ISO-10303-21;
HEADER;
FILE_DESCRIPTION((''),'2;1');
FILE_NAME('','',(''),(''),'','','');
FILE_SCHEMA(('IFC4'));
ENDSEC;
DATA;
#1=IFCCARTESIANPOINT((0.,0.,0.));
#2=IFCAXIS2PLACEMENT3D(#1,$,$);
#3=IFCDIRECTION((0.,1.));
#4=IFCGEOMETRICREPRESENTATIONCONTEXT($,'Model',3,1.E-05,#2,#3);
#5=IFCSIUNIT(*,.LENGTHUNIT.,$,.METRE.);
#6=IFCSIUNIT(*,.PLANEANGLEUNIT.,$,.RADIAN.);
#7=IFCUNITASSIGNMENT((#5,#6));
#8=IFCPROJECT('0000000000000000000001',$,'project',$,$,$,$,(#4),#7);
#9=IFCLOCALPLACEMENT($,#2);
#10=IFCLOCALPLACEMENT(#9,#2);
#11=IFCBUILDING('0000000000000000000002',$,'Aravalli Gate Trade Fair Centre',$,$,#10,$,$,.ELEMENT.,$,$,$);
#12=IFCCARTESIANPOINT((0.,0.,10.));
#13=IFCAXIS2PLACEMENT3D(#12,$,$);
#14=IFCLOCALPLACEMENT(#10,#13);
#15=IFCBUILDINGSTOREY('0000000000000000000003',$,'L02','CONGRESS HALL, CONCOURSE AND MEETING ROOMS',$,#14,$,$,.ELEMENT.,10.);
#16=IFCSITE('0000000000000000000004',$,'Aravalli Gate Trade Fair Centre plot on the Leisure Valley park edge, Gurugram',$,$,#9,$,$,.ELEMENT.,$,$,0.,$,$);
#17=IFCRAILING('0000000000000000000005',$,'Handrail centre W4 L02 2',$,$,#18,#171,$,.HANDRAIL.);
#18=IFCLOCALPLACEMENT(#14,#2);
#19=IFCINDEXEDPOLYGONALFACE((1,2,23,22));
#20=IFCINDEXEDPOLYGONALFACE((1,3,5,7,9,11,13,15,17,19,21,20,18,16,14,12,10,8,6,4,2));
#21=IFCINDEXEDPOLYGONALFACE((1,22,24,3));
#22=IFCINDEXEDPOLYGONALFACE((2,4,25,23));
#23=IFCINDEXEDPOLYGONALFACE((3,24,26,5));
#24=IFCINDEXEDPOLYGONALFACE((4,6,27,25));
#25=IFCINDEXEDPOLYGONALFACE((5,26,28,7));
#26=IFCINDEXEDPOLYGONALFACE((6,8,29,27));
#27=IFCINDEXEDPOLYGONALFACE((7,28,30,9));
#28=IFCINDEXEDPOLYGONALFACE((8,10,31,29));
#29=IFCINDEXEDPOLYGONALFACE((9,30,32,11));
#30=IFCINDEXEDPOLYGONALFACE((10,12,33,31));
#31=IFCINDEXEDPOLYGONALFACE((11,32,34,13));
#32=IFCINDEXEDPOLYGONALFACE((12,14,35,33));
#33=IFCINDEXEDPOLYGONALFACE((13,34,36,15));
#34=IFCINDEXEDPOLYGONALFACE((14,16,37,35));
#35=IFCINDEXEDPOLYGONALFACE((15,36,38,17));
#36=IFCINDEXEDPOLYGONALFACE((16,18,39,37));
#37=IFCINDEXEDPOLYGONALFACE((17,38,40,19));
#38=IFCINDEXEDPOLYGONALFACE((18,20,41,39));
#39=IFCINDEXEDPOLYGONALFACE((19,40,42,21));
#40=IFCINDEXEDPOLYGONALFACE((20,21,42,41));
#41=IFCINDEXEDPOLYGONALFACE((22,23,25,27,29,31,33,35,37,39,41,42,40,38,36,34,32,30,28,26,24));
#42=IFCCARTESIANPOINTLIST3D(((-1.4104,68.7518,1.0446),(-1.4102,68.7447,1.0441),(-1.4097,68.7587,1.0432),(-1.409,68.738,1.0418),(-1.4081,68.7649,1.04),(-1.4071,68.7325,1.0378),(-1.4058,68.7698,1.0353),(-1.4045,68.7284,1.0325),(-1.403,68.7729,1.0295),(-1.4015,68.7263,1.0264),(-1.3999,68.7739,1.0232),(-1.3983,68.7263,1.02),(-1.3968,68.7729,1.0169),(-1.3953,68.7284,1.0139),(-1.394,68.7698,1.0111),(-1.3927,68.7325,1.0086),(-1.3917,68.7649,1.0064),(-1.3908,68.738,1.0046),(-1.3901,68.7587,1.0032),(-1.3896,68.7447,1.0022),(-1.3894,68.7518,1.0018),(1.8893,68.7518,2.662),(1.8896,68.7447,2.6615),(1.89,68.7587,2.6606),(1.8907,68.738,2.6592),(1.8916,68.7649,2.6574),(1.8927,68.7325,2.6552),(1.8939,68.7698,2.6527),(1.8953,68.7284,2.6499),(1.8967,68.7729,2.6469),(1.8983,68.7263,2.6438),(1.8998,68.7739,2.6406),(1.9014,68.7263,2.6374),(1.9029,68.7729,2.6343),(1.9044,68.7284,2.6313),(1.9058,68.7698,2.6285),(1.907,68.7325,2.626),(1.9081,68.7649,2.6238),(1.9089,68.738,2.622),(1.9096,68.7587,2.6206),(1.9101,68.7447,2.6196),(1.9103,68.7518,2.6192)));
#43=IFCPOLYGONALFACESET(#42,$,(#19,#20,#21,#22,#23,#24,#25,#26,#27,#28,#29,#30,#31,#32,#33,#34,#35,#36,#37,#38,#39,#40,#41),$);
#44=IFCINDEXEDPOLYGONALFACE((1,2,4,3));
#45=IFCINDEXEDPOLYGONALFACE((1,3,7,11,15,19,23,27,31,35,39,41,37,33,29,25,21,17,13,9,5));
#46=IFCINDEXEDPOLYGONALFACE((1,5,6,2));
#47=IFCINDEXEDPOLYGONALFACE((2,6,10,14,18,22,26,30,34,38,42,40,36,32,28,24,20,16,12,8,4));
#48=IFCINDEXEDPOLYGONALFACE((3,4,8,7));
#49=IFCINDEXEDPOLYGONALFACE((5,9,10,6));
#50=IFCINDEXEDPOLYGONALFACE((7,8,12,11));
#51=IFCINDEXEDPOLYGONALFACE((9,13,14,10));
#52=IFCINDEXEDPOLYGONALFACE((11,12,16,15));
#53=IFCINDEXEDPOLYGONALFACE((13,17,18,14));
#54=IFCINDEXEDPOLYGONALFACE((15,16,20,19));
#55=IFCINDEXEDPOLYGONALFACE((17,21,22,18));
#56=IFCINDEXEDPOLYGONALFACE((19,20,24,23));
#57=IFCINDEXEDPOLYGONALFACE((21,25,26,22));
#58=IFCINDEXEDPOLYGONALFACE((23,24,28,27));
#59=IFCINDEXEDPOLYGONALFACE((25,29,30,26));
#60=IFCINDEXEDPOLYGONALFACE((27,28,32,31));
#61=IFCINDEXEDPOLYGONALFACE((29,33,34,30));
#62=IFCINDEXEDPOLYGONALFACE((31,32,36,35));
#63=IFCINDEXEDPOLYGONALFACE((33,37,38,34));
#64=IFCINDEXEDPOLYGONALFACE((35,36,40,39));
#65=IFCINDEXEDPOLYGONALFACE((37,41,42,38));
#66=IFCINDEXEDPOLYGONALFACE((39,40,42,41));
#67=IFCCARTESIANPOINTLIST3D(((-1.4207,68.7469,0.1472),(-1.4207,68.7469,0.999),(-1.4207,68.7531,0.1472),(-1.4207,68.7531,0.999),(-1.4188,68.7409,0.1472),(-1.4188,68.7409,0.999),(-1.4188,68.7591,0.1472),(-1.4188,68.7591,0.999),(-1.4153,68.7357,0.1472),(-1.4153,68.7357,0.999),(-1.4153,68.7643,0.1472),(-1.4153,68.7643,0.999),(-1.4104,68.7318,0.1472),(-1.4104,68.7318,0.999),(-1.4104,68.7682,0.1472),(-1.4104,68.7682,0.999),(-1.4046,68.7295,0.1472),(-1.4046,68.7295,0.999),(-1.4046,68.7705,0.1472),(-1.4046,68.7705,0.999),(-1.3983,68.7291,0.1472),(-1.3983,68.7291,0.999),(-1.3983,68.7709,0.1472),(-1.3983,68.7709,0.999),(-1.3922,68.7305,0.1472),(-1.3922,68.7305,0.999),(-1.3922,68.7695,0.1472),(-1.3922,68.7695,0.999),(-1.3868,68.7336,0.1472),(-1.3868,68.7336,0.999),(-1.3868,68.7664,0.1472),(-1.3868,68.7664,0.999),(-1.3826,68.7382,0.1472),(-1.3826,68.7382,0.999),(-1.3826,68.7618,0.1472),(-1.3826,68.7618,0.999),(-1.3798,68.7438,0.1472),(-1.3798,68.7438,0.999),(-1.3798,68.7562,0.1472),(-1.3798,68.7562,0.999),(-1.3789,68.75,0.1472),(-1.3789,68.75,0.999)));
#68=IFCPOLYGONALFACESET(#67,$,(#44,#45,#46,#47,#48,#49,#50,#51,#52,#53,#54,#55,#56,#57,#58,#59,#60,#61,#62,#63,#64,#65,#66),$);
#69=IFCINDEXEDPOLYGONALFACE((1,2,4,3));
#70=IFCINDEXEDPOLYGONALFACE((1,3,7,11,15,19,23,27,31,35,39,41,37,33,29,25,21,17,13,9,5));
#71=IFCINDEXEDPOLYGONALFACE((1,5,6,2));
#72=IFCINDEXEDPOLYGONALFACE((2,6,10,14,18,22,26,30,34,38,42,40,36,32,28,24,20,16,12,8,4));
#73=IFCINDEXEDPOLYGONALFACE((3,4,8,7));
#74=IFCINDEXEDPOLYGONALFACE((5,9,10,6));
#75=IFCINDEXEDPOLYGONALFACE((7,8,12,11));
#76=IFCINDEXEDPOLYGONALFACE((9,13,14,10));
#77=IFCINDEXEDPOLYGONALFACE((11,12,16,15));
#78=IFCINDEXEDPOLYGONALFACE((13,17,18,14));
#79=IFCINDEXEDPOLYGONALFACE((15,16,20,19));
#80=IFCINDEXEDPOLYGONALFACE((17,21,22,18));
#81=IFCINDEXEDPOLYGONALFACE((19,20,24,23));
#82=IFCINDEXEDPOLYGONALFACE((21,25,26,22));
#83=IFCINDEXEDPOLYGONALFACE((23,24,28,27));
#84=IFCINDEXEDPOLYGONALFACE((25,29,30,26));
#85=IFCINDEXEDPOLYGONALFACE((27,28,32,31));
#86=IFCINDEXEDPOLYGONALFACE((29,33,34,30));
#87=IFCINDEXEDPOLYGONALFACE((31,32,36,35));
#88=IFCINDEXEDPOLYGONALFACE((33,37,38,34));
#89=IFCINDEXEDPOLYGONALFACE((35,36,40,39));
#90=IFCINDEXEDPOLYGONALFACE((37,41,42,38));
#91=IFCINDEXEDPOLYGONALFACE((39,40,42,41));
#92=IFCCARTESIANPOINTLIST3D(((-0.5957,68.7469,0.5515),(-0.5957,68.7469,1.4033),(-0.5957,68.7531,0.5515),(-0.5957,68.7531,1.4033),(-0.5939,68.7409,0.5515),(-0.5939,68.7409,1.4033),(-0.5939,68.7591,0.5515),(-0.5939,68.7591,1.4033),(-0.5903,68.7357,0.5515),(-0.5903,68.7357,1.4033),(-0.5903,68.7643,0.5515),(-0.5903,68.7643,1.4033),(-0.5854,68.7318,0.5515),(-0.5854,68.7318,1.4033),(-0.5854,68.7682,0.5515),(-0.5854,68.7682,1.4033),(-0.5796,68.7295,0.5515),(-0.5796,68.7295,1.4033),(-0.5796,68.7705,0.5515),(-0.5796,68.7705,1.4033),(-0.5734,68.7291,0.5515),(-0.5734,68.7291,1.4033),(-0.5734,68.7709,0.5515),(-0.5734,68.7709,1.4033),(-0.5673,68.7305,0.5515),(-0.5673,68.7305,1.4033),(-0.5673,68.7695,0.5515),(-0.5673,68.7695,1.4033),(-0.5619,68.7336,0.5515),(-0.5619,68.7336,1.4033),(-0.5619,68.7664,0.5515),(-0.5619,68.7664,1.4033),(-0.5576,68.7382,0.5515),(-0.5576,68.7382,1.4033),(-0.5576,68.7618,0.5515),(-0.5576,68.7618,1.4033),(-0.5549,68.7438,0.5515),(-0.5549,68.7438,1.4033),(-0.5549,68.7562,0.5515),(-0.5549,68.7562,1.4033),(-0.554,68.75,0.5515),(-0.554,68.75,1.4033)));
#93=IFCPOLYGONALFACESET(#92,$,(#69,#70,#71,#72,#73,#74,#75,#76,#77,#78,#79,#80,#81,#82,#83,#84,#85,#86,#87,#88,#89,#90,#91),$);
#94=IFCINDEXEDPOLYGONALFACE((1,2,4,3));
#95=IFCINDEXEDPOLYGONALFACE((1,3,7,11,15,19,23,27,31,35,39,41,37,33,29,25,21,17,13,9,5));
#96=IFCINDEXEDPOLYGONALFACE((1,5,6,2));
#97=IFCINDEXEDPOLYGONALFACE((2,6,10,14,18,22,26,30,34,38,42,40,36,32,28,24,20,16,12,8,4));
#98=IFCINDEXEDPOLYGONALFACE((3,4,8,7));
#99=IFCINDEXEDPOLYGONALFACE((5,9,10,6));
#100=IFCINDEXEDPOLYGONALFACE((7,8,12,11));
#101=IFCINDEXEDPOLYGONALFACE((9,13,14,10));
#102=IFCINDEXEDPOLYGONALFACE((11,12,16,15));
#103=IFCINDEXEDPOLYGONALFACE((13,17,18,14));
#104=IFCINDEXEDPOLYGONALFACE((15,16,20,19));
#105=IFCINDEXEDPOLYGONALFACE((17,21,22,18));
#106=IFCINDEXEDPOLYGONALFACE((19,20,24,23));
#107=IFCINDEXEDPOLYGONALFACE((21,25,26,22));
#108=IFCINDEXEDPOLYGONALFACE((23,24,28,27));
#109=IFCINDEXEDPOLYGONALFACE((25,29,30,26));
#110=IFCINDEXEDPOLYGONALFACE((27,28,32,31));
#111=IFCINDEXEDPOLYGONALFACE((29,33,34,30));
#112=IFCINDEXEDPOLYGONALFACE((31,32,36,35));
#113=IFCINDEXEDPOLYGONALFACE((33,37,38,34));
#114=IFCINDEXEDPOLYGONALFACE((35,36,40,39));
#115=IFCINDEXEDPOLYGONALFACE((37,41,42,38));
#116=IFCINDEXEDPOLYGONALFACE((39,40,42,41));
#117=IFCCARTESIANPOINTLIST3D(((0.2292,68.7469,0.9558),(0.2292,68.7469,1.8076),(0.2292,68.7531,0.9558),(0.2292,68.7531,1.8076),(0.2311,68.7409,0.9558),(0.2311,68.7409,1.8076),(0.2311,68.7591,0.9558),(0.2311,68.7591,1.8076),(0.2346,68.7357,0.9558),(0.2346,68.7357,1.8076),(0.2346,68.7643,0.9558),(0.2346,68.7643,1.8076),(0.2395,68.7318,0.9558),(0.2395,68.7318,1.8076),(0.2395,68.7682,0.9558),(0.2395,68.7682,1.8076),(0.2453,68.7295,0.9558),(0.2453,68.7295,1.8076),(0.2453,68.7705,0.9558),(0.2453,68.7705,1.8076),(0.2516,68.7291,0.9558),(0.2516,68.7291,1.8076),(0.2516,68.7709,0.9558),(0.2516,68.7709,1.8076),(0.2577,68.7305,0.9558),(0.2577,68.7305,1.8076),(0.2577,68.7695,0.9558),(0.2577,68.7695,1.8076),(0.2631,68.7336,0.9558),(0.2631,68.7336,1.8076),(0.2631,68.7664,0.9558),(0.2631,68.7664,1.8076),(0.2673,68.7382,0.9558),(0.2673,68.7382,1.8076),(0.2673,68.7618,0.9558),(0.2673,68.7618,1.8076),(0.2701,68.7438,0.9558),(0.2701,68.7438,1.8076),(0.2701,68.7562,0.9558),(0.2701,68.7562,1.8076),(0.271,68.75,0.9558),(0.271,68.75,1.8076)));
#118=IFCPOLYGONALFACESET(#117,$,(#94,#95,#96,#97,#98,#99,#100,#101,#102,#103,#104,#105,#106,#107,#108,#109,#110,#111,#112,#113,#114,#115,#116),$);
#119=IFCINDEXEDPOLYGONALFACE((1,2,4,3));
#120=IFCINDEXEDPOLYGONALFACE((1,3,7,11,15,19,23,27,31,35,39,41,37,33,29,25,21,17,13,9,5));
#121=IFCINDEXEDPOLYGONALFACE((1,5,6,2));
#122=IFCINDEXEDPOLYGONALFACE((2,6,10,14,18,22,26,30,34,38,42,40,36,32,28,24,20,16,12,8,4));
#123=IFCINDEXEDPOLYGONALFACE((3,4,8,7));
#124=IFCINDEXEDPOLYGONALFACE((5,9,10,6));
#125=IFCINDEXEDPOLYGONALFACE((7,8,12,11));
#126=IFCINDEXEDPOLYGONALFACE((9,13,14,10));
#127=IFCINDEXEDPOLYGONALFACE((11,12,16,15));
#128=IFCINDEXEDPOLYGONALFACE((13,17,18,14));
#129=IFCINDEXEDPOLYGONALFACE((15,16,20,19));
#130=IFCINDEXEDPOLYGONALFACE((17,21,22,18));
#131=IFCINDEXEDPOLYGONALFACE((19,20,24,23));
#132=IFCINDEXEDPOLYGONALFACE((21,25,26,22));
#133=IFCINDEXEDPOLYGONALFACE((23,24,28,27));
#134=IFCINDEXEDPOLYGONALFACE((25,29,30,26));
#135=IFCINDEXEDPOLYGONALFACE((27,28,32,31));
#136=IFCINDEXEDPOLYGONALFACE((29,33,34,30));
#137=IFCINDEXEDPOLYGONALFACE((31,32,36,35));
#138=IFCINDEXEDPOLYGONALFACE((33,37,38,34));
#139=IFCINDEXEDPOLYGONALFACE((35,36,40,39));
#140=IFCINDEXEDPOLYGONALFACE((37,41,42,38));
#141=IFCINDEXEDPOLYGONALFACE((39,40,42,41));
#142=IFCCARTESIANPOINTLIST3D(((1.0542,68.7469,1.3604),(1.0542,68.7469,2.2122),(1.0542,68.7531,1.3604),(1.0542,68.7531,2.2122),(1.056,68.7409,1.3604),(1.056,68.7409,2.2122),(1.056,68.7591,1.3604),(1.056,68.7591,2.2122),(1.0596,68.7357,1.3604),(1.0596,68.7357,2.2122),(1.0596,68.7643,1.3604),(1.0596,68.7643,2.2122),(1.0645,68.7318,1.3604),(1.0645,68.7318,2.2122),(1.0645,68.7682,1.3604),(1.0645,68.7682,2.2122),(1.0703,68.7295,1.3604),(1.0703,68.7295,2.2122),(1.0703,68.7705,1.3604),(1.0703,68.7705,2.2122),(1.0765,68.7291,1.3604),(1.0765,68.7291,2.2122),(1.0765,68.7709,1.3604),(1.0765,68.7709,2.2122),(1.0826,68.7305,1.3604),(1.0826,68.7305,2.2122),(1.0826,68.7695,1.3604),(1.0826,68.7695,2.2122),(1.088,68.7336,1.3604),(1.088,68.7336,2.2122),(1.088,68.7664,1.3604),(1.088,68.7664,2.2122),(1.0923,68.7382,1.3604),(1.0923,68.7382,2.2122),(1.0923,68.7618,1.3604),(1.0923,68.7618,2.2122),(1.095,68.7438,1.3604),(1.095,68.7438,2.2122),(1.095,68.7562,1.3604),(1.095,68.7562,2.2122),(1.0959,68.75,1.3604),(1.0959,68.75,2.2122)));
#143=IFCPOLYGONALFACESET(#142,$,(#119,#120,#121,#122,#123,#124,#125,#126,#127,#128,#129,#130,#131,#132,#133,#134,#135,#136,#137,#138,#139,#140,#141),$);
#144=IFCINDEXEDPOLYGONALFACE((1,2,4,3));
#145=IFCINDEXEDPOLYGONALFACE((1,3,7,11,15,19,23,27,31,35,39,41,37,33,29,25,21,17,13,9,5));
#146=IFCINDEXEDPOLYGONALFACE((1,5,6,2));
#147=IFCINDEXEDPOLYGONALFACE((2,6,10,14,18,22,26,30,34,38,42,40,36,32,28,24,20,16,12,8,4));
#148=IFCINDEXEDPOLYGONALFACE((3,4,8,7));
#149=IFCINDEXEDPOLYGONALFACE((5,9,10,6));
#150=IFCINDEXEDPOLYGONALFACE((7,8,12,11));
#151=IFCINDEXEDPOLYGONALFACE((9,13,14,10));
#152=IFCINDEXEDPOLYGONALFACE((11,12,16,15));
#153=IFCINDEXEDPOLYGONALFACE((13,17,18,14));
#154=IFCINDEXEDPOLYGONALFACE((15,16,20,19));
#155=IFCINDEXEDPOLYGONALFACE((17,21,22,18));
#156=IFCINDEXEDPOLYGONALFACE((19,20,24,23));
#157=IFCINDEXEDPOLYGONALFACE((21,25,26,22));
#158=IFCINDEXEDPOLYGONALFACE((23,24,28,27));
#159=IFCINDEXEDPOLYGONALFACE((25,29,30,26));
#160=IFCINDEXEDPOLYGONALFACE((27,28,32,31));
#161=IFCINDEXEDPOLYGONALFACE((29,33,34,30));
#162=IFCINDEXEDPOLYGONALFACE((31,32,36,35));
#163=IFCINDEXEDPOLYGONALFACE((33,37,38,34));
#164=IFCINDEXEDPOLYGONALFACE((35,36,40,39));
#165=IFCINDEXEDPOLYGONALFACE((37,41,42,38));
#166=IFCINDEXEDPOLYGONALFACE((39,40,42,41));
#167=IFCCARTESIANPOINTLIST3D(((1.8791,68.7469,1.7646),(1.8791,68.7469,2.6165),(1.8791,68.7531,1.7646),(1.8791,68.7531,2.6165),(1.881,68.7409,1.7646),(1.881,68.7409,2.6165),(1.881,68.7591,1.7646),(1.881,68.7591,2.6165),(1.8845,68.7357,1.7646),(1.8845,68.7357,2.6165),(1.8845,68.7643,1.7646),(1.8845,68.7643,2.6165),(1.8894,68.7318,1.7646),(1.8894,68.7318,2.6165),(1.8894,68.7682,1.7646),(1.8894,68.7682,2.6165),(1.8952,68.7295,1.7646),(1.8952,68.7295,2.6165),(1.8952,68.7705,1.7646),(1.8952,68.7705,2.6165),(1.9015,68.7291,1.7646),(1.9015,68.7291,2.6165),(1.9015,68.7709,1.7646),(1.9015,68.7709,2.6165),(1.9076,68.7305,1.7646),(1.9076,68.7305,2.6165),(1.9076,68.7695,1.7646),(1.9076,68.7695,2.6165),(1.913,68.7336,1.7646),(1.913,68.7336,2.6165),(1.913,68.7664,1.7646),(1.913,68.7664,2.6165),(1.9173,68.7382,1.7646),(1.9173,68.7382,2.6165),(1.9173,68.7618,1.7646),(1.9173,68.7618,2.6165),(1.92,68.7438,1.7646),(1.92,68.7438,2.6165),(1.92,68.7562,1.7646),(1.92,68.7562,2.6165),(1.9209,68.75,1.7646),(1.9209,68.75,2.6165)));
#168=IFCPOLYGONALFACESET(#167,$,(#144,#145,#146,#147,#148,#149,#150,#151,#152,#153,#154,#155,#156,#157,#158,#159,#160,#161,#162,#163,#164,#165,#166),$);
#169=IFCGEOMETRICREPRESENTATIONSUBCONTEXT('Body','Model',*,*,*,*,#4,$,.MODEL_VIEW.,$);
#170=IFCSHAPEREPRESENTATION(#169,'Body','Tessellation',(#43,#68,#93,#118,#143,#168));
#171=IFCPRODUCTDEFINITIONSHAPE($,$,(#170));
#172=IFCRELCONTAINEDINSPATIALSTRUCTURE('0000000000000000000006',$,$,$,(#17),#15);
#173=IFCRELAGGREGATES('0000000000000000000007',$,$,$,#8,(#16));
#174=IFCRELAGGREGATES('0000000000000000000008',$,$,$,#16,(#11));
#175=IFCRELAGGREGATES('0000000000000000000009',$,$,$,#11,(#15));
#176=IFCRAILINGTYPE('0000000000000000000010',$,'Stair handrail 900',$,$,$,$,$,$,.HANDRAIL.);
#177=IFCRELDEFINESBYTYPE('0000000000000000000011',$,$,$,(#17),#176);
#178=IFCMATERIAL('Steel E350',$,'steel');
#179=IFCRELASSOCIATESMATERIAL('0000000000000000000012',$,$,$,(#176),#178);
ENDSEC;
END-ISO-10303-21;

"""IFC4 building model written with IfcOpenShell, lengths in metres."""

from ifc_helpers import new_model, si_unit, direction, frame, origin, origin_2d, place, context, subcontext, project, spatial, circle, extrude, material, type_object, element, save


model = new_model("IFC4")

# Units and contexts
model_context = context("Model", 3, precision=1e-05, world=origin(), true_north=direction((0.0, 1.0)))
body_context = subcontext(model_context, "Body", "Model", "MODEL_VIEW")
ifc_project = project(units=[si_unit("LENGTHUNIT", "METRE"), si_unit("PLANEANGLEUNIT", "RADIAN")], contexts=[model_context])

# Site, building, storey
site_placement = place(None, origin())
site = spatial("IfcSite", under=ifc_project, at=site_placement, Name="Aravalli Gate Trade Fair Centre plot on the Leisure Valley park edge, Gurugram", CompositionType="ELEMENT", RefElevation=0.0)
building_placement = place(site_placement, origin())
building = spatial("IfcBuilding", under=site, at=building_placement, Name="Aravalli Gate Trade Fair Centre", CompositionType="ELEMENT")
storey_placement = place(building_placement, frame((0.0, 0.0, 10.0)))
storey = spatial("IfcBuildingStorey", under=building, at=storey_placement, Name="L02", Description="CONGRESS HALL, CONCOURSE AND MEETING ROOMS", CompositionType="ELEMENT", Elevation=10.0)

# Shared definitions
ifc_material_1 = material(Name="Steel E350", Category="steel")

# Railing
railing_type_1 = type_object("IfcRailingType", Name="Stair handrail 900", PredefinedType="HANDRAIL", material=ifc_material_1)
for number, where, name in (
    (1, (-1.3999, 68.75, 0.1472), "Handrail centre W4 L02 2"),
):
    element("IfcRailing", number, at=place(storey_placement, frame(where)), inside=storey, type_object=railing_type_1, Name=name, PredefinedType="HANDRAIL", context=body_context, shape_type="SweptSolid", body=[
        extrude(circle(Radius=0.0239, at=origin_2d()), frame((0.0, 0.0, 0.876), z_axis=(0.897934, 0.0, 0.440131), x_axis=(0.0, 1.0, 0.0)), (0.0, 0.0, 1.0), 3.6748),
        extrude(circle(Radius=0.021, at=origin_2d()), origin(), (0.0, 0.0, 1.0), 0.8518),
        extrude(circle(Radius=0.021, at=origin_2d()), frame((0.825, 0.0, 0.4043)), (0.0, 0.0, 1.0), 0.8518),
        extrude(circle(Radius=0.021, at=origin_2d()), frame((1.6499, 0.0, 0.8086)), (0.0, 0.0, 1.0), 0.8518),
        extrude(circle(Radius=0.021, at=origin_2d()), frame((2.4749, 0.0, 1.2131)), (0.0, 0.0, 1.0), 0.8518),
        extrude(circle(Radius=0.021, at=origin_2d()), frame((3.2998, 0.0, 1.6174)), (0.0, 0.0, 1.0), 0.8518),
    ])

save(model, "model.ifc")
